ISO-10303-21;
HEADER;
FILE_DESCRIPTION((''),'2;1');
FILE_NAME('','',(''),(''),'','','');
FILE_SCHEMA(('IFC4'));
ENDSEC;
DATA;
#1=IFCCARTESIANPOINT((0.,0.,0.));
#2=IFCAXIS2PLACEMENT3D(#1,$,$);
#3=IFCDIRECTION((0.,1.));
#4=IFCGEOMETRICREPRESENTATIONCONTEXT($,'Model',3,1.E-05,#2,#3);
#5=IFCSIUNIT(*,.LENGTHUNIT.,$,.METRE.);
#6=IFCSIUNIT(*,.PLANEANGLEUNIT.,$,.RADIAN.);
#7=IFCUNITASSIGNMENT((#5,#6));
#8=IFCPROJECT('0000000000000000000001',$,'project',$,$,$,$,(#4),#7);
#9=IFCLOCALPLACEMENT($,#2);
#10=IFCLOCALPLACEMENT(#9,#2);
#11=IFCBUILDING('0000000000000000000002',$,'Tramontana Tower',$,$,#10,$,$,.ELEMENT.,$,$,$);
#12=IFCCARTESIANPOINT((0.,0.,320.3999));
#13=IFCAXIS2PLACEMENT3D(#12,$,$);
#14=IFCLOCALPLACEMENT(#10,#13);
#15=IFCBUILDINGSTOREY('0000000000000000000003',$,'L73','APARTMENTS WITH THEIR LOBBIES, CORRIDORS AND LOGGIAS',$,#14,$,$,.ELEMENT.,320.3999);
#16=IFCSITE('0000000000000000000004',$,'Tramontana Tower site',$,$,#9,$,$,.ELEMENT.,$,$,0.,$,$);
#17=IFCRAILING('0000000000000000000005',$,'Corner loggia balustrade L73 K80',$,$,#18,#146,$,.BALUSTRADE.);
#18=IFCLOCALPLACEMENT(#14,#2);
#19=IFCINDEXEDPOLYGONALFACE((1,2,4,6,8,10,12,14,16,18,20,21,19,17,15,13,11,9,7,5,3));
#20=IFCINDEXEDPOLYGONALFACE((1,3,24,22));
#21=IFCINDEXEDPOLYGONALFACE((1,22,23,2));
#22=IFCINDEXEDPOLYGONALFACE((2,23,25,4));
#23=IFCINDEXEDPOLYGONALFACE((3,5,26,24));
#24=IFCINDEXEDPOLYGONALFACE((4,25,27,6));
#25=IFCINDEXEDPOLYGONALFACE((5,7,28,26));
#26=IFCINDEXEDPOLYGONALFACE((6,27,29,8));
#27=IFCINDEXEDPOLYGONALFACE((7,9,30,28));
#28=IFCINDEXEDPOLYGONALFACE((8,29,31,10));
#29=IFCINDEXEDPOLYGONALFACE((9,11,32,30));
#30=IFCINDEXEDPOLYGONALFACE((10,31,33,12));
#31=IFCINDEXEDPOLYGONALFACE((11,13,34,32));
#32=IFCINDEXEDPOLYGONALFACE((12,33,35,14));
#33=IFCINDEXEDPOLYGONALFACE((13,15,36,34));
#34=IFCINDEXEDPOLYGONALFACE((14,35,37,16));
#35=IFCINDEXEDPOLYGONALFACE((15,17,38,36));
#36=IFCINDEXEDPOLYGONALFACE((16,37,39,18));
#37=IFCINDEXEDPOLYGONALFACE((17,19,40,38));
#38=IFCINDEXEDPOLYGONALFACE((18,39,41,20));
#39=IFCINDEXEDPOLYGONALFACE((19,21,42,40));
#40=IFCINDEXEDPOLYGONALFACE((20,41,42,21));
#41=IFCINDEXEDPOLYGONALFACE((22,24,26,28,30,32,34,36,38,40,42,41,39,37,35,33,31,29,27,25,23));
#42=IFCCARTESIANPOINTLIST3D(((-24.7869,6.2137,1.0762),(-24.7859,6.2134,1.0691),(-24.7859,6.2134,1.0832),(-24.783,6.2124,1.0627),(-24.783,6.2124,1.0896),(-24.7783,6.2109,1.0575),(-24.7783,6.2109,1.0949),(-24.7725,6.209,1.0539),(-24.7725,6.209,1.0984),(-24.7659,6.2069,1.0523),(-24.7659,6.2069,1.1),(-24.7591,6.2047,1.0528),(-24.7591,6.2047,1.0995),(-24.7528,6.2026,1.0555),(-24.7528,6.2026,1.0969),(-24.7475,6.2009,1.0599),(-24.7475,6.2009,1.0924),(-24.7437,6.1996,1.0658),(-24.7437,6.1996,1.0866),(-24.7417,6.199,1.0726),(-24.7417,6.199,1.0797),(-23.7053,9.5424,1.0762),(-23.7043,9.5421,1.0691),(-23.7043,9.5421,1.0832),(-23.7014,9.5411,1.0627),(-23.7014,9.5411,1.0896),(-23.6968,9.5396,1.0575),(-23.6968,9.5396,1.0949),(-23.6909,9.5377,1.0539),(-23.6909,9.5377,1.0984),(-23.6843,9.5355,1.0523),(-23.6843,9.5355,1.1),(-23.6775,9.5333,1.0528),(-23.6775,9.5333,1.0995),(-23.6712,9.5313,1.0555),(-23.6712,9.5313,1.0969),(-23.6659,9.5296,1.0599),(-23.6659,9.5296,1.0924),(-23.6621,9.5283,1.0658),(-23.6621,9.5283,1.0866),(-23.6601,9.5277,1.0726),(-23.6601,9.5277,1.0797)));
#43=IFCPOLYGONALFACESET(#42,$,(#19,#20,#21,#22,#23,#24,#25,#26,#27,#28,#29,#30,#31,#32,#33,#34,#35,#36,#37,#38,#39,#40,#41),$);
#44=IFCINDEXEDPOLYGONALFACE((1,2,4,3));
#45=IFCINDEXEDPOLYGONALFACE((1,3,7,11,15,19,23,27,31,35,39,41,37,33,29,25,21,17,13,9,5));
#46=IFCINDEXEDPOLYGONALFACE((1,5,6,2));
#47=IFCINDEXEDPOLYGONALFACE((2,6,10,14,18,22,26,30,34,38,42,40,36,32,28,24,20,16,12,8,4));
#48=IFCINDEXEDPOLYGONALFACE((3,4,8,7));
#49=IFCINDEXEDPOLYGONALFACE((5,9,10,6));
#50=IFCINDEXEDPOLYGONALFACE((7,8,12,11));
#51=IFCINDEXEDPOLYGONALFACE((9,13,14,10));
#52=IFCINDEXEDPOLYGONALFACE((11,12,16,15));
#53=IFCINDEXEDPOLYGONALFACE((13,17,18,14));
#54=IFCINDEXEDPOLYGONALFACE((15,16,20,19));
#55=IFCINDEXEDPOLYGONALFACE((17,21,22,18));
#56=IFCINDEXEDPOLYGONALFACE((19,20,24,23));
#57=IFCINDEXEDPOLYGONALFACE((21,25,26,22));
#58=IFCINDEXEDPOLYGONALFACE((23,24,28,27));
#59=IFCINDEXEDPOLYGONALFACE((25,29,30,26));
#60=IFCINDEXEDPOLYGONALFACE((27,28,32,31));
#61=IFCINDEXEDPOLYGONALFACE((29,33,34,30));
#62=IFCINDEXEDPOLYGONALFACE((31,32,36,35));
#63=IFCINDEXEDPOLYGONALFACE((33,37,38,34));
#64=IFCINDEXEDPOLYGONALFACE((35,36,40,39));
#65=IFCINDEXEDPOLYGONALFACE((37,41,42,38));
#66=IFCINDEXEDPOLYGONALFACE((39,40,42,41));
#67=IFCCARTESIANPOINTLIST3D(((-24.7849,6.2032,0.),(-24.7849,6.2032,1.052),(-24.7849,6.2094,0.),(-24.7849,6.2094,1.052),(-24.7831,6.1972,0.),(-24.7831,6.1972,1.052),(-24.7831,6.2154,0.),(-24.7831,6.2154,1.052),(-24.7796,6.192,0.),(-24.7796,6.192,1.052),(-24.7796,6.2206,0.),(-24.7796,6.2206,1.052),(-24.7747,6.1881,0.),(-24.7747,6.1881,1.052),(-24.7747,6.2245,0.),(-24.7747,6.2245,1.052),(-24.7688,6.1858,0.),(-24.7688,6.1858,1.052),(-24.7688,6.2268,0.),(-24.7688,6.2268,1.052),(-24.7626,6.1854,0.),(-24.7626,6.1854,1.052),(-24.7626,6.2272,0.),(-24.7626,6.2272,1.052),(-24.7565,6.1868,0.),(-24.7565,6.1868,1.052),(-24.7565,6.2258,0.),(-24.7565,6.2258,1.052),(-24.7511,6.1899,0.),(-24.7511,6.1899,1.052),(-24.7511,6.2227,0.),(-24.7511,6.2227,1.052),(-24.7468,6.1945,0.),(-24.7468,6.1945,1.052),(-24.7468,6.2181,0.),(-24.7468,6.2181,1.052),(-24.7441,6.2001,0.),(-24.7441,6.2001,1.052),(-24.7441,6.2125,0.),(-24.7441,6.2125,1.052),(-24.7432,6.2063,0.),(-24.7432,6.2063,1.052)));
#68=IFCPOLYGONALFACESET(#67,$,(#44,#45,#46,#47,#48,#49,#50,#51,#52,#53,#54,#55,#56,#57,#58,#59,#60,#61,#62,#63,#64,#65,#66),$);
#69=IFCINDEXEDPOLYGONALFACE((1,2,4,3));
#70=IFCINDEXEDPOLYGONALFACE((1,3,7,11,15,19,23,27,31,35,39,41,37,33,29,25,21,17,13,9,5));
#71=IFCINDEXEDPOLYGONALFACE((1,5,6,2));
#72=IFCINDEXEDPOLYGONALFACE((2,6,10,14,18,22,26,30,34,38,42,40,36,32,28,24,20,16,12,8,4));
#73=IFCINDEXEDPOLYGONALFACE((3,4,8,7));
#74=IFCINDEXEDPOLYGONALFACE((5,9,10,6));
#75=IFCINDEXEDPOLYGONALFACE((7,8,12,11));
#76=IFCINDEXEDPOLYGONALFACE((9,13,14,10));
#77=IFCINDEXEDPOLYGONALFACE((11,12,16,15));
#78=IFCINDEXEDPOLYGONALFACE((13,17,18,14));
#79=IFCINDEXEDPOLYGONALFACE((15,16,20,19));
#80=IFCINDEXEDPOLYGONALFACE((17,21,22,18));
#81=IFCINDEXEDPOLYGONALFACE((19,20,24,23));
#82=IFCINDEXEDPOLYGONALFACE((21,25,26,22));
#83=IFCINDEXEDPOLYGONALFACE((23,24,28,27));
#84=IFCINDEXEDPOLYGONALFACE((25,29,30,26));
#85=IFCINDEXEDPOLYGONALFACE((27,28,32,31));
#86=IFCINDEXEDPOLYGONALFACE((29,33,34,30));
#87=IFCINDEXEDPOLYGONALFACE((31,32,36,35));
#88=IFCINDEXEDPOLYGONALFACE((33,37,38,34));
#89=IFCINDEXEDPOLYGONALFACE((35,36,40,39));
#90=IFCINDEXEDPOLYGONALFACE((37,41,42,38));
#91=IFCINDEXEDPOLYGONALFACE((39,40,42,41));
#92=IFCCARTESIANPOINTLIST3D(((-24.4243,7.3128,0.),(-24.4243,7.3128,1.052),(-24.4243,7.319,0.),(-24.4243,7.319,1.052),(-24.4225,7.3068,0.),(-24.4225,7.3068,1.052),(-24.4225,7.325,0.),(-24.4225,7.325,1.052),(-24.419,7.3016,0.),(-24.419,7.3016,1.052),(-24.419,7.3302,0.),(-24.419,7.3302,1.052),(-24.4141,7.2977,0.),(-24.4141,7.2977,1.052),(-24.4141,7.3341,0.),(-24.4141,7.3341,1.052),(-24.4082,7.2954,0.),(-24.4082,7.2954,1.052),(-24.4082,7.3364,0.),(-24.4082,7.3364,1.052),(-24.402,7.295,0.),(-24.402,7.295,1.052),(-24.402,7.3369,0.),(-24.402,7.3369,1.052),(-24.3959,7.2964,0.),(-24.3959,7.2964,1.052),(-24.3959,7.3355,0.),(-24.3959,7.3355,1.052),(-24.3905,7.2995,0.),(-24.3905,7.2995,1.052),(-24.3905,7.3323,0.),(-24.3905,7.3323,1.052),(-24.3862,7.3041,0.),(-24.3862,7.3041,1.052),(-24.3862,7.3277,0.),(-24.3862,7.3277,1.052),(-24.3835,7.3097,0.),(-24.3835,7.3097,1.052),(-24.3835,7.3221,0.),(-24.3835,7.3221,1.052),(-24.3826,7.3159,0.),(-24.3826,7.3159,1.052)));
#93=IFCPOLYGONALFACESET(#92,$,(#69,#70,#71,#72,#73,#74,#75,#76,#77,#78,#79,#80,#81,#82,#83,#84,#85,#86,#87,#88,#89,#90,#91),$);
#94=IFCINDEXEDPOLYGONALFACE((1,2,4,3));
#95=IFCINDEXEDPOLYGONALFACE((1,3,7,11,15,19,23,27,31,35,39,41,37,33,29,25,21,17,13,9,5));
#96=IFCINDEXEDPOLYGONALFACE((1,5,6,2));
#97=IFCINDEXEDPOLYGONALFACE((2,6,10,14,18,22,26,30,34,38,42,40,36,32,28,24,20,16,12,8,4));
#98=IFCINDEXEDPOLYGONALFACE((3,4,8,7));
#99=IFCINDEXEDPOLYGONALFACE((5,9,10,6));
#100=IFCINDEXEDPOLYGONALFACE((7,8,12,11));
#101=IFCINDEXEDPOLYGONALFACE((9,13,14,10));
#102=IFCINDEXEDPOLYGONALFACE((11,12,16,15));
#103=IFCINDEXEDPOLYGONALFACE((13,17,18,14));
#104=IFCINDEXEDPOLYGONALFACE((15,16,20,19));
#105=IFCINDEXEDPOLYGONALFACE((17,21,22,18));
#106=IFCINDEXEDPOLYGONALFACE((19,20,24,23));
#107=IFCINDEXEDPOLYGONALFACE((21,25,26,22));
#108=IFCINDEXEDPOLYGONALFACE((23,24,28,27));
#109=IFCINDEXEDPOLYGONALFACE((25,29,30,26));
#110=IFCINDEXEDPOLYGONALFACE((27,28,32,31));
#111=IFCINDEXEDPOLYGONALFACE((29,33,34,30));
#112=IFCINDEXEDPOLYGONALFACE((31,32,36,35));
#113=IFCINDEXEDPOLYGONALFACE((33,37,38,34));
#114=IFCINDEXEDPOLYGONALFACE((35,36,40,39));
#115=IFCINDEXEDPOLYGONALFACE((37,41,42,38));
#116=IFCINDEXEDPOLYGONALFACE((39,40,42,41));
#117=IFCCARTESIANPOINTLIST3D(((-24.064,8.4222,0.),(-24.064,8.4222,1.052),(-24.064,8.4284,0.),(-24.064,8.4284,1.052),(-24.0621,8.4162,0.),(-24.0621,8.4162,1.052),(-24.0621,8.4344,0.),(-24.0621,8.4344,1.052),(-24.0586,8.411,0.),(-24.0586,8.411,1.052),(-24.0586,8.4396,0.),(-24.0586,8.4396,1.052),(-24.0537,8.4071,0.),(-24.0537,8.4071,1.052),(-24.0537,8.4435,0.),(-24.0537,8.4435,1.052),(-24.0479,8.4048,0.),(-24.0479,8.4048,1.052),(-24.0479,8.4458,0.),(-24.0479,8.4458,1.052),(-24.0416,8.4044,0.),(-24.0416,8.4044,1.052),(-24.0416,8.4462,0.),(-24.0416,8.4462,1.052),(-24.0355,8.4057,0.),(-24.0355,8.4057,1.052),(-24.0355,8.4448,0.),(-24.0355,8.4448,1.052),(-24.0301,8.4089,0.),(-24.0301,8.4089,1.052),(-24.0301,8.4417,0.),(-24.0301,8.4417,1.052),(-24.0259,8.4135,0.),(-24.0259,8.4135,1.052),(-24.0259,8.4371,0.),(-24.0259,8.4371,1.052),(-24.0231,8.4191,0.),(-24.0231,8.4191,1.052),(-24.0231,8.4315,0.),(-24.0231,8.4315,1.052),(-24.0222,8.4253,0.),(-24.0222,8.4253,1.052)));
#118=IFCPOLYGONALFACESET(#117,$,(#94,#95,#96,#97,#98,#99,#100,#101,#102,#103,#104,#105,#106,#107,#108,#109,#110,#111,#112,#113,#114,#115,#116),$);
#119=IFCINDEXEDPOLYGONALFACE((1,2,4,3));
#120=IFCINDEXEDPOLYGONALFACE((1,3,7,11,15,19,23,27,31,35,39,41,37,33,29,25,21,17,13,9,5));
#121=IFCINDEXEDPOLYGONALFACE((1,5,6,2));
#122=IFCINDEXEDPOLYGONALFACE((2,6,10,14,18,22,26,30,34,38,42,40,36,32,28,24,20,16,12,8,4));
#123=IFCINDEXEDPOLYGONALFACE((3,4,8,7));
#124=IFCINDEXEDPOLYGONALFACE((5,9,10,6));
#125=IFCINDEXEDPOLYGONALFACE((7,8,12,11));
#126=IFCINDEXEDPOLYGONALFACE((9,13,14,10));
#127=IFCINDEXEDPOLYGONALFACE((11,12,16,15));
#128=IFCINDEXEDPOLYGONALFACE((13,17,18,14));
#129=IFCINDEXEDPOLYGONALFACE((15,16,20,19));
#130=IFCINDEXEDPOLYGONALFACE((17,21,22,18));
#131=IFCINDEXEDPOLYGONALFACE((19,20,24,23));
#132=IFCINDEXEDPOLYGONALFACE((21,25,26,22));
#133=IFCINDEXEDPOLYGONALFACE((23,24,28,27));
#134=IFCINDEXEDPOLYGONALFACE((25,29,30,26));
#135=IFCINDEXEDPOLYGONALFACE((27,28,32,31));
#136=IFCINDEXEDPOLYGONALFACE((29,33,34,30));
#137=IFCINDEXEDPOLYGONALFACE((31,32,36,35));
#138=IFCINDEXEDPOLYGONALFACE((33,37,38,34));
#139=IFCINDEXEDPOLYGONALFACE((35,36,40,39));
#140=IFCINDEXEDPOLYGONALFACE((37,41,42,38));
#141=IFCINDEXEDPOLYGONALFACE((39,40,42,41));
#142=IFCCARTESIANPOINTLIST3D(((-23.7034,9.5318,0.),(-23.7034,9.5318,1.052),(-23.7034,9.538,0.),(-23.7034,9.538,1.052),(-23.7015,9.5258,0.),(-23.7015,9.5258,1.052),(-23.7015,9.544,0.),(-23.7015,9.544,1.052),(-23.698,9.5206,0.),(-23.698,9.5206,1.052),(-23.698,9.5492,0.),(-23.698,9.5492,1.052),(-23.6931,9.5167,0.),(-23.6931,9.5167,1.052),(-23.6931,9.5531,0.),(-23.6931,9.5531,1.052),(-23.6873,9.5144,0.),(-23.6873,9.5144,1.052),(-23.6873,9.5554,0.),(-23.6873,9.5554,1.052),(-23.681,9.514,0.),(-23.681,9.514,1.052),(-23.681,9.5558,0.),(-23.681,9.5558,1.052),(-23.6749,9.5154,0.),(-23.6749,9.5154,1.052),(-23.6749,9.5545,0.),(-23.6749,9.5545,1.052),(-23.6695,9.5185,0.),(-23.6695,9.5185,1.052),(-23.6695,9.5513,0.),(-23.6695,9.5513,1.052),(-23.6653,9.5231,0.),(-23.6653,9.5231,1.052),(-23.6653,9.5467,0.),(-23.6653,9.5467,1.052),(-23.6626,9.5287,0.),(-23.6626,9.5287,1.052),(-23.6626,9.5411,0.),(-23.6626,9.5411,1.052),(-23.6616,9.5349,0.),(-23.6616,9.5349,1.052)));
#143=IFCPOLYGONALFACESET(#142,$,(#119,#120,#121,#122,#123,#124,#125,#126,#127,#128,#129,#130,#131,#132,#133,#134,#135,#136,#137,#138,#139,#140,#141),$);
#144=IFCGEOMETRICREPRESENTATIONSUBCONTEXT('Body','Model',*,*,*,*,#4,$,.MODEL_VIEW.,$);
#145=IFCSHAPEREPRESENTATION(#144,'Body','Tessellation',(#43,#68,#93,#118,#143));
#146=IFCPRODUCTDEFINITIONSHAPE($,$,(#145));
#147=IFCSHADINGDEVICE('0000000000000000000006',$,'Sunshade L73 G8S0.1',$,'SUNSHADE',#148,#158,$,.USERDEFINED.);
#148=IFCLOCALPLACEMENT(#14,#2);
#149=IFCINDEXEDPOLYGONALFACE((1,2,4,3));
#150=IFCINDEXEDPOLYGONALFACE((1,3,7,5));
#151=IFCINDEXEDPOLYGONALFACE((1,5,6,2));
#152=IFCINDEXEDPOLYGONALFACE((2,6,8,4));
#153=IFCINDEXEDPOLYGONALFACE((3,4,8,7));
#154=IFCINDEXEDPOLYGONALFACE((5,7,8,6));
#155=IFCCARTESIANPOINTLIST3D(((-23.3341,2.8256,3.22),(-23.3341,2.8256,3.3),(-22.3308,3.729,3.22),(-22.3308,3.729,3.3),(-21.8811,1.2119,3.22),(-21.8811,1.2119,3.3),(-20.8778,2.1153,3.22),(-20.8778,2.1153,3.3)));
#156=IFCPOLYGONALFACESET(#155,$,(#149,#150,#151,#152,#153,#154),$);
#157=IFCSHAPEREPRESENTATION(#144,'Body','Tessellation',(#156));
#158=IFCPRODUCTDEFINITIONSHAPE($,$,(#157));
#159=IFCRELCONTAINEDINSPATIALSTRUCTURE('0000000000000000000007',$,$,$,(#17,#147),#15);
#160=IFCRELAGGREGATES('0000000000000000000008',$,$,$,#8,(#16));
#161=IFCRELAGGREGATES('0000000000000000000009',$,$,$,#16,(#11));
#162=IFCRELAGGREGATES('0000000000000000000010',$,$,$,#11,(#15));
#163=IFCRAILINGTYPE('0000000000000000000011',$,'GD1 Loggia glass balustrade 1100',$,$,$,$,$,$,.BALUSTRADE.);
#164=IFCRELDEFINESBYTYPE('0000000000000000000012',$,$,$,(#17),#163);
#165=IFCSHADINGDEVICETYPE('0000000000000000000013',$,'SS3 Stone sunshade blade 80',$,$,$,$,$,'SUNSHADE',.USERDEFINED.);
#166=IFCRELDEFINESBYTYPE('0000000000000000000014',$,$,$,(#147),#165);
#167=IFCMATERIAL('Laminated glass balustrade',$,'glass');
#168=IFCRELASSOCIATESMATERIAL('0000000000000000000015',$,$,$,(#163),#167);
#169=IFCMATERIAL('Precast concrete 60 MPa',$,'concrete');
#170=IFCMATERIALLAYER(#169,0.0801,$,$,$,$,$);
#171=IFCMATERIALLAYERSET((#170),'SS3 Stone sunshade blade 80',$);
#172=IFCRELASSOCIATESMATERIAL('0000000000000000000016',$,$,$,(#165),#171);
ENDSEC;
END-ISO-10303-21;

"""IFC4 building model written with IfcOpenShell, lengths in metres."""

from ifc_helpers import new_model, si_unit, direction, frame, origin, origin_2d, place, context, subcontext, project, spatial, rectangle, circle, extrude, material, layer, layer_set, type_object, element, save


model = new_model("IFC4")

# Units and contexts
model_context = context("Model", 3, precision=1e-05, world=origin(), true_north=direction((0.0, 1.0)))
body_context = subcontext(model_context, "Body", "Model", "MODEL_VIEW")
ifc_project = project(units=[si_unit("LENGTHUNIT", "METRE"), si_unit("PLANEANGLEUNIT", "RADIAN")], contexts=[model_context])

# Site, building, storey
site_placement = place(None, origin())
site = spatial("IfcSite", under=ifc_project, at=site_placement, Name="Tramontana Tower site", CompositionType="ELEMENT", RefElevation=0.0)
building_placement = place(site_placement, origin())
building = spatial("IfcBuilding", under=site, at=building_placement, Name="Tramontana Tower", CompositionType="ELEMENT")
storey_placement = place(building_placement, frame((0.0, 0.0, 320.3999)))
storey = spatial("IfcBuildingStorey", under=building, at=storey_placement, Name="L73", Description="APARTMENTS WITH THEIR LOBBIES, CORRIDORS AND LOGGIAS", CompositionType="ELEMENT", Elevation=320.3999)

# Railing
ifc_material_1 = material(Name="Laminated glass balustrade", Category="glass")
railing_type = type_object("IfcRailingType", Name="GD1 Loggia glass balustrade 1100", PredefinedType="BALUSTRADE", material=ifc_material_1)
railing_1_placement = place(storey_placement, frame((-24.7642, 6.2063, 0.0)))
element("IfcRailing", 1, at=railing_1_placement, inside=storey, type_object=railing_type, Name="Corner loggia balustrade L73 K80", PredefinedType="BALUSTRADE", context=body_context, shape_type="SweptSolid", body=[
    extrude(circle(Radius=0.0239, at=origin_2d()), frame((0.0, 0.0, 1.0762), z_axis=(0.30902, 0.951056, 0.0), x_axis=(-0.951056, 0.30902, 0.0)), (0.0, 0.0, 1.0), 3.5),
    extrude(circle(Radius=0.021, at=origin_2d()), origin(), (0.0, 0.0, 1.0), 1.052),
    extrude(circle(Radius=0.021, at=origin_2d()), frame((0.3606, 1.1096, 0.0)), (0.0, 0.0, 1.0), 1.052),
    extrude(circle(Radius=0.021, at=origin_2d()), frame((0.7209, 2.219, 0.0)), (0.0, 0.0, 1.0), 1.052),
    extrude(circle(Radius=0.021, at=origin_2d()), frame((1.0815, 3.3286, 0.0)), (0.0, 0.0, 1.0), 1.052),
])

# Shading device
ifc_material_2 = material(Name="Precast concrete 60 MPa", Category="concrete")
ifc_layer_1 = layer(ifc_material_2, 0.0801)
ifc_layer_set_1 = layer_set([ifc_layer_1], Name="SS3 Stone sunshade blade 80")
shading_device_type = type_object("IfcShadingDeviceType", Name="SS3 Stone sunshade blade 80", ElementType="SUNSHADE", PredefinedType="USERDEFINED", material=ifc_layer_set_1)
shading_device_placement = place(storey_placement, frame((-22.106, 2.4705, 3.22), z_axis=(0.0, 0.0, 1.0), x_axis=(0.669131, -0.743145, 0.0)))
element("IfcShadingDevice", 2, at=shading_device_placement, inside=storey, type_object=shading_device_type, Name="Sunshade L73 G8S0.1", ObjectType="SUNSHADE", PredefinedType="USERDEFINED", context=body_context, shape_type="SweptSolid", body=[
    extrude(rectangle(XDim=2.1714, YDim=1.3501, at=origin_2d()), origin(), (0.0, 0.0, 1.0), 0.0801),
])

save(model, "model.ifc")
